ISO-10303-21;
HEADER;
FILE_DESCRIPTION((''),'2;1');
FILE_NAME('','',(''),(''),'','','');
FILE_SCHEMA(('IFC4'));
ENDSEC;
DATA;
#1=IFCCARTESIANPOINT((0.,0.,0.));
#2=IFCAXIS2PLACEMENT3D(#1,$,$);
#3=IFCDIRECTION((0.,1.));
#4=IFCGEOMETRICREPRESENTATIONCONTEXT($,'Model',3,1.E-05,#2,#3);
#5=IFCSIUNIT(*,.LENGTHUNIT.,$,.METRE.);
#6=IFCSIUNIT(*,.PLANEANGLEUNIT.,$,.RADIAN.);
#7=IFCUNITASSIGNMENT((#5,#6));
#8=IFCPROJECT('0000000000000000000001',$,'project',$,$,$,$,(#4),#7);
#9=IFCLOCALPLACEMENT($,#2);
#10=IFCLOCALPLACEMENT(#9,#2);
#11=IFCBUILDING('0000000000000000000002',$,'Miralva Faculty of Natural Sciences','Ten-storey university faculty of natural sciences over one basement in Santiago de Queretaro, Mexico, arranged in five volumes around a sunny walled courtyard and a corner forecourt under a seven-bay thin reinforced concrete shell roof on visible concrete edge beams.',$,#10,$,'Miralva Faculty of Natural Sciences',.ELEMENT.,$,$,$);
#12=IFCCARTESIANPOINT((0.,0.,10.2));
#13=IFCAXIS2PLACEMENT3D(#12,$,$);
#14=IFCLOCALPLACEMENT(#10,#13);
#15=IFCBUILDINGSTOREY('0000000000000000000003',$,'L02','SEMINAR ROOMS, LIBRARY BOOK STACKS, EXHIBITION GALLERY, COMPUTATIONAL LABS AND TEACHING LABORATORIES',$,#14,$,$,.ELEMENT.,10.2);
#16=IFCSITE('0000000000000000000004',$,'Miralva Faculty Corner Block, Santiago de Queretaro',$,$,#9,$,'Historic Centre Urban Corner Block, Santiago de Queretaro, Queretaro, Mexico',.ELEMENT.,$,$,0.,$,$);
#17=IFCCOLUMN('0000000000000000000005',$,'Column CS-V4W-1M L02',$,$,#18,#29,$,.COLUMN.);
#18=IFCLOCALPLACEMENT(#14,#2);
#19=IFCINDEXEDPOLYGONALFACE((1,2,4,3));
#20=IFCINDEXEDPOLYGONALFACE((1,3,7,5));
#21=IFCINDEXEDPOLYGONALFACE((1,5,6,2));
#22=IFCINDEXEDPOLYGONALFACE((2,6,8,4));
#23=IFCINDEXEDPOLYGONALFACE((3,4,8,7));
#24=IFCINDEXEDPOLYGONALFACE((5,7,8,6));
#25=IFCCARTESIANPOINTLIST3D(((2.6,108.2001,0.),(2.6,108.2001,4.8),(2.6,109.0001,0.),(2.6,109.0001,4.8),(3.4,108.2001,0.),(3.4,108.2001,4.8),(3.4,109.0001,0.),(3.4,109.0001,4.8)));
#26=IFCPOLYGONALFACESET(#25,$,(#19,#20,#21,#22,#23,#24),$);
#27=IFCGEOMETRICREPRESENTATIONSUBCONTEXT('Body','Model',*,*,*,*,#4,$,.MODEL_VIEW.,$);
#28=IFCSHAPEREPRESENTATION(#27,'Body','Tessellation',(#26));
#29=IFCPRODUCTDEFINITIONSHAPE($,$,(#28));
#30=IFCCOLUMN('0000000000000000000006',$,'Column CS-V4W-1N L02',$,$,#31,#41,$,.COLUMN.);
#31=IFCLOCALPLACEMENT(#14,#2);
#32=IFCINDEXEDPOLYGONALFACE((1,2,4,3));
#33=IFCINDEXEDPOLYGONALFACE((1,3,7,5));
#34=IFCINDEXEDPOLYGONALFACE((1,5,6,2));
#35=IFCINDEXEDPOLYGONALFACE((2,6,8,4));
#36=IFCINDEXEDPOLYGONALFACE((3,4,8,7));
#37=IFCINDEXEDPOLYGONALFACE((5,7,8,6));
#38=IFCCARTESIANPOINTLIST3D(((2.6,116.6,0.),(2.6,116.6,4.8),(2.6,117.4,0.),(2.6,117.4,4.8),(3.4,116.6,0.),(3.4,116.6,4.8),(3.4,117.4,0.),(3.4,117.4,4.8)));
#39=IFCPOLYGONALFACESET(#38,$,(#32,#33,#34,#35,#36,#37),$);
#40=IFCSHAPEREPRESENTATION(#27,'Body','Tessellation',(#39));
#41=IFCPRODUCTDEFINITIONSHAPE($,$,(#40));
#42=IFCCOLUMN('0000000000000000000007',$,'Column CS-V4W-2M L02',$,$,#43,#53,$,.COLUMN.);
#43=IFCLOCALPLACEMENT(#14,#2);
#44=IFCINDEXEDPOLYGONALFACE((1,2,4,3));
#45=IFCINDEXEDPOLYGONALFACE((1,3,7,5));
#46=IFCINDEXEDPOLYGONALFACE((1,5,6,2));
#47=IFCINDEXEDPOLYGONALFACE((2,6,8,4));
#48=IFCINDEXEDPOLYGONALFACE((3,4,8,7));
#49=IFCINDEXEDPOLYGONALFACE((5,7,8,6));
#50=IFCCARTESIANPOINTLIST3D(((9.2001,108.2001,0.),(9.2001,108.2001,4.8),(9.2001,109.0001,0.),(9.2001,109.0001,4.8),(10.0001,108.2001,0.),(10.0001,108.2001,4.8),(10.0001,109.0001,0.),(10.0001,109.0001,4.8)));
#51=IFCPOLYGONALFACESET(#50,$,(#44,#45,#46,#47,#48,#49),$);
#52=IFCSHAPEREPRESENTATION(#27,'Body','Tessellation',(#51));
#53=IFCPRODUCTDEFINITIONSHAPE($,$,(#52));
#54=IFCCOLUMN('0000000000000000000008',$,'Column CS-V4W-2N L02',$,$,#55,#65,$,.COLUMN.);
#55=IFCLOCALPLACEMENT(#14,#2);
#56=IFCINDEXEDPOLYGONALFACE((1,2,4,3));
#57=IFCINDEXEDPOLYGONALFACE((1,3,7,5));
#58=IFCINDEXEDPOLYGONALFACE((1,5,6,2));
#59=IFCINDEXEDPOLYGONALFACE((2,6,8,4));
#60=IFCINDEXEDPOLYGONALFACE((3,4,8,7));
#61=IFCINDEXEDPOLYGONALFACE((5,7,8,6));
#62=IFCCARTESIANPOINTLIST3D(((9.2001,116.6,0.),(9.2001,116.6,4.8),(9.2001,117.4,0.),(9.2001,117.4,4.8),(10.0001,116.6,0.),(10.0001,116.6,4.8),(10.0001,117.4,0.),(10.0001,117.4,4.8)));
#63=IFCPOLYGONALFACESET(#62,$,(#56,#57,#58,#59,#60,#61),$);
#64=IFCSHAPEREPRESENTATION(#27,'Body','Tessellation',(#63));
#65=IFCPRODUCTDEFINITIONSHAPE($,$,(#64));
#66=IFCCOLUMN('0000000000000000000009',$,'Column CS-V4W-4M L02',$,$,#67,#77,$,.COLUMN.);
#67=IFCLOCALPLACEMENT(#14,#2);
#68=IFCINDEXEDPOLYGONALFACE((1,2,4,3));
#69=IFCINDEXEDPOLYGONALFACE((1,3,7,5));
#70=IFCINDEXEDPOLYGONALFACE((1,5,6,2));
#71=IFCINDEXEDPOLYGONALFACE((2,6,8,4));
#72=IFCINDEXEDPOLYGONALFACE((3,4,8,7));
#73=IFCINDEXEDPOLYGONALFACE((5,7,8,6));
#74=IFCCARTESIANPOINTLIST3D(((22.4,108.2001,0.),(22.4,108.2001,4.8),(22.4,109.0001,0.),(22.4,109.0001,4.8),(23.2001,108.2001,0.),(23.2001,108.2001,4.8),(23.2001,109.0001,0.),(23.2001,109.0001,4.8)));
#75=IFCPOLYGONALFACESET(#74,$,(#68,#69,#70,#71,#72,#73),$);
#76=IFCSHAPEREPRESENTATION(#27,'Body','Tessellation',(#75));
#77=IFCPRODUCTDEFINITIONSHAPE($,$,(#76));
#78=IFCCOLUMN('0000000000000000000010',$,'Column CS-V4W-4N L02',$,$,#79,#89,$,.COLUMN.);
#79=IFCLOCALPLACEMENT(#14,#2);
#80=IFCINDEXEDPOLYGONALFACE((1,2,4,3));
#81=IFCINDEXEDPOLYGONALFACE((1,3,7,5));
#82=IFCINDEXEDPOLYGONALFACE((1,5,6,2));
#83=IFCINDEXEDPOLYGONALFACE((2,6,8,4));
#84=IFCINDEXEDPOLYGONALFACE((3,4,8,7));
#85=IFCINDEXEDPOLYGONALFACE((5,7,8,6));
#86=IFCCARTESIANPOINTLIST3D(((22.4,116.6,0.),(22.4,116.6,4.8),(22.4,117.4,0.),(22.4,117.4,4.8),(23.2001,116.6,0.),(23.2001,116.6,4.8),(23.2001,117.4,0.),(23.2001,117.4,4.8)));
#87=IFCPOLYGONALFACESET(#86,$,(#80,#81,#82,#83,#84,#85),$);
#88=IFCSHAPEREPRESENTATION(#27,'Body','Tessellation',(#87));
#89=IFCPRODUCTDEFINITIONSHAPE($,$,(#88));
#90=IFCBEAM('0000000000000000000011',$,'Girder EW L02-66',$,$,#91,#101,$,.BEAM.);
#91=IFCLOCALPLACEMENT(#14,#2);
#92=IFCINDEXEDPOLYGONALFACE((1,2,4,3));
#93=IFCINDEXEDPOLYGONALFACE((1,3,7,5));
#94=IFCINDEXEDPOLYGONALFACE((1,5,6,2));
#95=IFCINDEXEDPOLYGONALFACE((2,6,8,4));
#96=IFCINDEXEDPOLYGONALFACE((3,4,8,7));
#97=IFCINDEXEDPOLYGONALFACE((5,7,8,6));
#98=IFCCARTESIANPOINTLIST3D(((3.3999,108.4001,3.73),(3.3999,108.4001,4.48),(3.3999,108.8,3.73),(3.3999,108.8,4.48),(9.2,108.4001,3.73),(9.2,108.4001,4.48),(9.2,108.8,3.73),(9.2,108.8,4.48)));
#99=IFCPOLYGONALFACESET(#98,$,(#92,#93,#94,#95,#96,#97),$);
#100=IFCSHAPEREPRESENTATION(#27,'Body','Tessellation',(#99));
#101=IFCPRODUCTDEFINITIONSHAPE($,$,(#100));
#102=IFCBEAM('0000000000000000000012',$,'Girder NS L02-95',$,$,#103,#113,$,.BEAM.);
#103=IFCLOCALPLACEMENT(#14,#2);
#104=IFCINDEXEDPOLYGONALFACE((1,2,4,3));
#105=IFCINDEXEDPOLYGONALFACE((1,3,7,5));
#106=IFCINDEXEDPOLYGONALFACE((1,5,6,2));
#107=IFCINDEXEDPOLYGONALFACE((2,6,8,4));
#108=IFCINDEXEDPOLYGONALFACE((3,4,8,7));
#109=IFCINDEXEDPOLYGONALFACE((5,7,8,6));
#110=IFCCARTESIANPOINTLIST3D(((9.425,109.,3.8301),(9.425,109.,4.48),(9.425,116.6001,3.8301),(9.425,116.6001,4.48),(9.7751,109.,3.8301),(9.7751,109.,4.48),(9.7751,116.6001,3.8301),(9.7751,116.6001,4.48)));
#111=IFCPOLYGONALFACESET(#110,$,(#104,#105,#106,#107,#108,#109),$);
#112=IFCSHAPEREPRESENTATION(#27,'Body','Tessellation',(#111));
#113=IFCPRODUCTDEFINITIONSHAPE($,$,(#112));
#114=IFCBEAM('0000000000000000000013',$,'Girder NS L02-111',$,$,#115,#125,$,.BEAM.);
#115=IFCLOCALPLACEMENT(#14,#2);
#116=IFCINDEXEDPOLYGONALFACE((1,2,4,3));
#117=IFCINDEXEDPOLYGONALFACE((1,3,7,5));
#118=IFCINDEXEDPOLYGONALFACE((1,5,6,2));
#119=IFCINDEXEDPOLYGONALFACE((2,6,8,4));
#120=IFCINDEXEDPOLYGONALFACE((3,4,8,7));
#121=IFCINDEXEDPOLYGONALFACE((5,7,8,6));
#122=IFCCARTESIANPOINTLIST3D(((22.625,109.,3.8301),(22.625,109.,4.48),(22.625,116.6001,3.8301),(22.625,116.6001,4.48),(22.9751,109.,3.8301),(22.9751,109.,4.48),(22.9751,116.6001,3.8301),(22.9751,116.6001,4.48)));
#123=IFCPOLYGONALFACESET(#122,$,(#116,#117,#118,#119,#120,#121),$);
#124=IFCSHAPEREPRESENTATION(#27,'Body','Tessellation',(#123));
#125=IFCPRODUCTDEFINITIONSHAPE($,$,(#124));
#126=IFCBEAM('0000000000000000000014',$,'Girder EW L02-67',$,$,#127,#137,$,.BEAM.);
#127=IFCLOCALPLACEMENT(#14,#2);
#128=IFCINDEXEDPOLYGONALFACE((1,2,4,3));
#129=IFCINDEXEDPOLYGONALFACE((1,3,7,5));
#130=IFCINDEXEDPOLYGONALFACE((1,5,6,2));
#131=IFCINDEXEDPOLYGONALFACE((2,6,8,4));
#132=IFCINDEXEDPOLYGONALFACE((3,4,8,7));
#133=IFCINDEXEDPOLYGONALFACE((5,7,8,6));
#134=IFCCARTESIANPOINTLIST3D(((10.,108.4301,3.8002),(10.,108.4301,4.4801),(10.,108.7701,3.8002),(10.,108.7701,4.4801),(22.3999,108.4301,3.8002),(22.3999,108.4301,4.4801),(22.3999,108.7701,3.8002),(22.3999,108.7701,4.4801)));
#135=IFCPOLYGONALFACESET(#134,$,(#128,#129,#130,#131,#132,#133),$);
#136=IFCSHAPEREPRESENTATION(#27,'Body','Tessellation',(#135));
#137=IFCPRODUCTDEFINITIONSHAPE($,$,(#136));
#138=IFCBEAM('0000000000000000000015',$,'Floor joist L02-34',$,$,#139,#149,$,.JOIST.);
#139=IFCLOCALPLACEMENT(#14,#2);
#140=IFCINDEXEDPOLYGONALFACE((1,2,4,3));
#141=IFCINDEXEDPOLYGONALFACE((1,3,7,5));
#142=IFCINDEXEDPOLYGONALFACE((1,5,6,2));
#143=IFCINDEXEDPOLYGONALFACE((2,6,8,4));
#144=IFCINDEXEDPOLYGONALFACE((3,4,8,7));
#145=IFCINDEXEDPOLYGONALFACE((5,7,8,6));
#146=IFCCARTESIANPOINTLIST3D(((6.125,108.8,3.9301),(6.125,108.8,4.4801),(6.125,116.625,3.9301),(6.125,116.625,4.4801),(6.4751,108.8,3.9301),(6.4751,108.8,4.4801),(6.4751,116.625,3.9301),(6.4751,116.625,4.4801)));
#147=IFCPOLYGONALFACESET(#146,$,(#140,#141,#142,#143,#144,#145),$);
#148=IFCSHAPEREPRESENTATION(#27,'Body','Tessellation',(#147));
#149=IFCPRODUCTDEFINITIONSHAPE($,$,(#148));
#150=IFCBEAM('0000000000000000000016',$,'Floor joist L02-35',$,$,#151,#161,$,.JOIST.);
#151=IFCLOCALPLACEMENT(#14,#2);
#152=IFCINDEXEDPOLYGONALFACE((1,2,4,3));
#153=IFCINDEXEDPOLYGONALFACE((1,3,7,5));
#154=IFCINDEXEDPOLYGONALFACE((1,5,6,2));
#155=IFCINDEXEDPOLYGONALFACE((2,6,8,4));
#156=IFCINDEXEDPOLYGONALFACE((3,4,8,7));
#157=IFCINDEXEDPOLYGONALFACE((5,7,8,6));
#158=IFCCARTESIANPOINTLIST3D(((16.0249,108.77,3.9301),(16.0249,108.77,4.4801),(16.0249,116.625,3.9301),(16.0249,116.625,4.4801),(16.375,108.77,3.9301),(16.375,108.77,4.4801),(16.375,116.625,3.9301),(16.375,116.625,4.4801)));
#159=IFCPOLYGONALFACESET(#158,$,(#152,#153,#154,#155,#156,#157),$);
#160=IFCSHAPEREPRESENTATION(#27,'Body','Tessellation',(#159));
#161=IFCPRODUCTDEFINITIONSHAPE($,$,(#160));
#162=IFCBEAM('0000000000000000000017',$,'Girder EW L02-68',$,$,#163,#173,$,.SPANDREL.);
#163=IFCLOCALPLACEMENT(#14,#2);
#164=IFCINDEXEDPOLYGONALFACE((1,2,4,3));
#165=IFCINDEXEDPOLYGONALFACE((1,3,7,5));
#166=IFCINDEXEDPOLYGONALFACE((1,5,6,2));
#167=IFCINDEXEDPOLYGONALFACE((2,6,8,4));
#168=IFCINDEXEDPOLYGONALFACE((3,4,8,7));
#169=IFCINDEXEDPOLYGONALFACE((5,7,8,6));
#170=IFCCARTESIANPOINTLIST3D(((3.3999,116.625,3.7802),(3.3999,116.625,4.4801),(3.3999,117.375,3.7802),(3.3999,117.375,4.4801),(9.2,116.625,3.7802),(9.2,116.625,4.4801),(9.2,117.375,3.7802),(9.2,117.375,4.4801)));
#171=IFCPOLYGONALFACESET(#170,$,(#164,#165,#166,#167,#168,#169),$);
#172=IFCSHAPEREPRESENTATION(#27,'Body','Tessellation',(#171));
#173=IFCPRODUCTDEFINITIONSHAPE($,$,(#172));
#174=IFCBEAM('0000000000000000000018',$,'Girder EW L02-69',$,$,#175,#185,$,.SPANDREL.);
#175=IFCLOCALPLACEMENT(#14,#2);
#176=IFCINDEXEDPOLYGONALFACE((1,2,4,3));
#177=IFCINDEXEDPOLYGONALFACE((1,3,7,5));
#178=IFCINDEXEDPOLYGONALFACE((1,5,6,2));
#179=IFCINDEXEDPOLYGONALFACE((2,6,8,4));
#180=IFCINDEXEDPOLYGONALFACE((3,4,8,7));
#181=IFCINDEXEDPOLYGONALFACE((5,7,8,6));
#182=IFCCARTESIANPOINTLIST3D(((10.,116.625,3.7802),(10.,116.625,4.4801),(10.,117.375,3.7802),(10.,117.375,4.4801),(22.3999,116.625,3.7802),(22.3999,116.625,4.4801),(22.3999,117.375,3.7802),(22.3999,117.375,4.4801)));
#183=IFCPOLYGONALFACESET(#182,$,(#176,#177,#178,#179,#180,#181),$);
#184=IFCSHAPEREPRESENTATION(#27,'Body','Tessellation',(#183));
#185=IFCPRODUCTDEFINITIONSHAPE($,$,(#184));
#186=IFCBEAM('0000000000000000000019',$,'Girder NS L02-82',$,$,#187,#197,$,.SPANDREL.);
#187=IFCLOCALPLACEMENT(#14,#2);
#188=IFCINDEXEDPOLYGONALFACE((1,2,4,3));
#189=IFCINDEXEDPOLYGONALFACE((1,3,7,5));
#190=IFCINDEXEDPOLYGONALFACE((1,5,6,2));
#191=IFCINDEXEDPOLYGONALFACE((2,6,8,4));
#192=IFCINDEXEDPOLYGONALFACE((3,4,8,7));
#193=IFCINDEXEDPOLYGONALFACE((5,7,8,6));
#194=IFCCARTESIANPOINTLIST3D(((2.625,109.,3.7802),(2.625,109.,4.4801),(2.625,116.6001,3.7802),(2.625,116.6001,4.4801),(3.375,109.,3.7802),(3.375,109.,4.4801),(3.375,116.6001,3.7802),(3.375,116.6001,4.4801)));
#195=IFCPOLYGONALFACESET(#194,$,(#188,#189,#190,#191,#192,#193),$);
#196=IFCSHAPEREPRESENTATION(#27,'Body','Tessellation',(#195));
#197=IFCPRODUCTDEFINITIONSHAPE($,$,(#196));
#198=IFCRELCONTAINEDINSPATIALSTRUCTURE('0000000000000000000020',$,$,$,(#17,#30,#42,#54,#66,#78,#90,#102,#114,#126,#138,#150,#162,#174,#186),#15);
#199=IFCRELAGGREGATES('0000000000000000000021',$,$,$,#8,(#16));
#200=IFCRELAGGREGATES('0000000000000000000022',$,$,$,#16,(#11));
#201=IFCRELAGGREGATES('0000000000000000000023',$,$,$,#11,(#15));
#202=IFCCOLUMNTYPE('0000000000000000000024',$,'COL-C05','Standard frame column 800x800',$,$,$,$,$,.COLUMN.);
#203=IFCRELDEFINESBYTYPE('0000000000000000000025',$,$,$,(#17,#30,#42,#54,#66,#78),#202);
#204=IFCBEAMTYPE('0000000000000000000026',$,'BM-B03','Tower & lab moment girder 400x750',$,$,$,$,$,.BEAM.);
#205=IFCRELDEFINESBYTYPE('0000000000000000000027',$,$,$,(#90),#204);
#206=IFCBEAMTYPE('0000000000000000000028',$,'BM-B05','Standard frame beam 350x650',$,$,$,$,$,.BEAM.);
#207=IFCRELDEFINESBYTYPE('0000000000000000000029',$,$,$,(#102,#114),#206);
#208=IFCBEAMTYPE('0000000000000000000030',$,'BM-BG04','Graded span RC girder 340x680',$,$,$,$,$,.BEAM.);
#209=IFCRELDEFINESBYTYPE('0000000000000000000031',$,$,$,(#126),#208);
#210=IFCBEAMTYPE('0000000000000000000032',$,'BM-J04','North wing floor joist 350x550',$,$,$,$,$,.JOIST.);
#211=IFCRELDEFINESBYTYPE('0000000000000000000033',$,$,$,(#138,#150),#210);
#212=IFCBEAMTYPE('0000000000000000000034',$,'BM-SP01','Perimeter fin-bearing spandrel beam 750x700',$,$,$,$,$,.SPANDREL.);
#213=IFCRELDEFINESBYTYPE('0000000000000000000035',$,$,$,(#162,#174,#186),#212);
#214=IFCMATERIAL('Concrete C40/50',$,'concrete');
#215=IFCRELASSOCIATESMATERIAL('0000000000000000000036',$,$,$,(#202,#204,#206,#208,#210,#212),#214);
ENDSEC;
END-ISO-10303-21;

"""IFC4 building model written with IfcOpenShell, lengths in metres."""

from ifc_helpers import new_model, si_unit, direction, frame, origin, origin_2d, place, context, subcontext, project, spatial, rectangle, extrude, material, material_profile, profile_set, type_object, element, save


model = new_model("IFC4")

# Units and contexts
model_context = context("Model", 3, precision=1e-05, world=origin(), true_north=direction((0.0, 1.0)))
body_context = subcontext(model_context, "Body", "Model", "MODEL_VIEW")
ifc_project = project(units=[si_unit("LENGTHUNIT", "METRE"), si_unit("PLANEANGLEUNIT", "RADIAN")], contexts=[model_context])

# Site, building, storey
site_placement = place(None, origin())
site = spatial("IfcSite", under=ifc_project, at=site_placement, Name="Miralva Faculty Corner Block, Santiago de Queretaro", LongName="Historic Centre Urban Corner Block, Santiago de Queretaro, Queretaro, Mexico", CompositionType="ELEMENT", RefElevation=0.0)
building_placement = place(site_placement, origin())
building = spatial("IfcBuilding", under=site, at=building_placement, Name="Miralva Faculty of Natural Sciences", Description="Ten-storey university faculty of natural sciences over one basement in Santiago de Queretaro, Mexico, arranged in five volumes around a sunny walled courtyard and a corner forecourt under a seven-bay thin reinforced concrete shell roof on visible concrete edge beams.", LongName="Miralva Faculty of Natural Sciences", CompositionType="ELEMENT")
storey_placement = place(building_placement, frame((0.0, 0.0, 10.2)))
storey = spatial("IfcBuildingStorey", under=building, at=storey_placement, Name="L02", Description="SEMINAR ROOMS, LIBRARY BOOK STACKS, EXHIBITION GALLERY, COMPUTATIONAL LABS AND TEACHING LABORATORIES", CompositionType="ELEMENT", Elevation=10.2)

# Columns
ifc_material_1 = material(Name="Concrete C40/50", Category="concrete")
ifc_material_profile_1 = material_profile(ifc_material_1, rectangle(XDim=0.8, YDim=0.8, at=origin_2d()), Name="RC 800x800")
ifc_profile_set_1 = profile_set([ifc_material_profile_1], Name="Concrete C40/50")
column_type = type_object("IfcColumnType", Name="COL-C05", Description="Standard frame column 800x800", PredefinedType="COLUMN", material=ifc_profile_set_1)
for number, where, z_axis, x_axis, name in (
    (1, (3.0, 108.6001, 0.0), (0.0, 0.0, 1.0), (1.0, 0.0, 0.0), "Column CS-V4W-1M L02"),
    (2, (3.0, 117.0, 0.0), (0.0, 0.0, 1.0), (1.0, 0.0, 0.0), "Column CS-V4W-1N L02"),
    (3, (9.6001, 108.6001, 0.0), (0.0, 0.0, 1.0), (1.0, 0.0, 0.0), "Column CS-V4W-2M L02"),
    (4, (9.6001, 117.0, 0.0), (0.0, 0.0, 1.0), (1.0, 0.0, 0.0), "Column CS-V4W-2N L02"),
    (5, (22.8, 108.6001, 0.0), (0.0, 0.0, 1.0), (1.0, 0.0, 0.0), "Column CS-V4W-4M L02"),
    (6, (22.8, 117.0, 0.0), (0.0, 0.0, 1.0), (1.0, 0.0, 0.0), "Column CS-V4W-4N L02"),
):
    element("IfcColumn", number, at=place(storey_placement, frame(where, z_axis=z_axis, x_axis=x_axis)), inside=storey, type_object=column_type, Name=name, PredefinedType="COLUMN", context=body_context, shape_type="SweptSolid", body=[
        extrude(rectangle(XDim=0.8, YDim=0.8, at=origin_2d()), origin(), (0.0, 0.0, 1.0), 4.8),
    ])

# Beams
ifc_material_profile_2 = material_profile(ifc_material_1, rectangle(XDim=0.3999, YDim=0.75, at=origin_2d()), Name="RC 400x750")
ifc_profile_set_2 = profile_set([ifc_material_profile_2], Name="Concrete C40/50")
beam_type_1 = type_object("IfcBeamType", Name="BM-B03", Description="Tower & lab moment girder 400x750", PredefinedType="BEAM", material=ifc_profile_set_2)
beam_1_placement = place(storey_placement, frame((3.3999, 108.6001, 4.105), z_axis=(1.0, 0.0, 0.0), x_axis=(0.0, 1.0, 0.0)))
element("IfcBeam", 7, at=beam_1_placement, inside=storey, type_object=beam_type_1, Name="Girder EW L02-66", PredefinedType="BEAM", context=body_context, shape_type="SweptSolid", body=[
    extrude(rectangle(XDim=0.3999, YDim=0.75, at=origin_2d()), origin(), (0.0, 0.0, 1.0), 5.8),
])
ifc_material_profile_3 = material_profile(ifc_material_1, rectangle(XDim=0.3501, YDim=0.6499, at=origin_2d()), Name="RC 350x650")
ifc_profile_set_3 = profile_set([ifc_material_profile_3], Name="Concrete C40/50")
beam_type_2 = type_object("IfcBeamType", Name="BM-B05", Description="Standard frame beam 350x650", PredefinedType="BEAM", material=ifc_profile_set_3)
for number, where, z_axis, x_axis, name in (
    (8, (9.6001, 109.0, 4.155), (0.0, 1.0, 0.0), (-1.0, 0.0, 0.0), "Girder NS L02-95"),
    (9, (22.8, 109.0, 4.155), (0.0, 1.0, 0.0), (-1.0, 0.0, 0.0), "Girder NS L02-111"),
):
    element("IfcBeam", number, at=place(storey_placement, frame(where, z_axis=z_axis, x_axis=x_axis)), inside=storey, type_object=beam_type_2, Name=name, PredefinedType="BEAM", context=body_context, shape_type="SweptSolid", body=[
        extrude(rectangle(XDim=0.3501, YDim=0.6499, at=origin_2d()), origin(), (0.0, 0.0, 1.0), 7.6001),
    ])
ifc_material_profile_4 = material_profile(ifc_material_1, rectangle(XDim=0.3401, YDim=0.6799, at=origin_2d()), Name="RC 340x680")
ifc_profile_set_4 = profile_set([ifc_material_profile_4], Name="Concrete C40/50")
beam_type_3 = type_object("IfcBeamType", Name="BM-BG04", Description="Graded span RC girder 340x680", PredefinedType="BEAM", material=ifc_profile_set_4)
beam_2_placement = place(storey_placement, frame((10.0, 108.6001, 4.1401), z_axis=(1.0, 0.0, 0.0), x_axis=(0.0, 1.0, 0.0)))
element("IfcBeam", 10, at=beam_2_placement, inside=storey, type_object=beam_type_3, Name="Girder EW L02-67", PredefinedType="BEAM", context=body_context, shape_type="SweptSolid", body=[
    extrude(rectangle(XDim=0.3401, YDim=0.6799, at=origin_2d()), origin(), (0.0, 0.0, 1.0), 12.3999),
])
ifc_material_profile_5 = material_profile(ifc_material_1, rectangle(XDim=0.3501, YDim=0.55, at=origin_2d()), Name="RC 350x550")
ifc_profile_set_5 = profile_set([ifc_material_profile_5], Name="Concrete C40/50")
beam_type_4 = type_object("IfcBeamType", Name="BM-J04", Description="North wing floor joist 350x550", PredefinedType="JOIST", material=ifc_profile_set_5)
beam_3_placement = place(storey_placement, frame((6.3, 108.8, 4.2051), z_axis=(0.0, 1.0, 0.0), x_axis=(-1.0, 0.0, 0.0)))
element("IfcBeam", 11, at=beam_3_placement, inside=storey, type_object=beam_type_4, Name="Floor joist L02-34", PredefinedType="JOIST", context=body_context, shape_type="SweptSolid", body=[
    extrude(rectangle(XDim=0.3501, YDim=0.55, at=origin_2d()), origin(), (0.0, 0.0, 1.0), 7.825),
])
beam_4_placement = place(storey_placement, frame((16.2, 108.77, 4.2051), z_axis=(0.0, 1.0, 0.0), x_axis=(-1.0, 0.0, 0.0)))
element("IfcBeam", 12, at=beam_4_placement, inside=storey, type_object=beam_type_4, Name="Floor joist L02-35", PredefinedType="JOIST", context=body_context, shape_type="SweptSolid", body=[
    extrude(rectangle(XDim=0.3501, YDim=0.55, at=origin_2d()), origin(), (0.0, 0.0, 1.0), 7.855),
])
ifc_material_profile_6 = material_profile(ifc_material_1, rectangle(XDim=0.75, YDim=0.7, at=origin_2d()), Name="RC 750x700")
ifc_profile_set_6 = profile_set([ifc_material_profile_6], Name="Concrete C40/50")
beam_type_5 = type_object("IfcBeamType", Name="BM-SP01", Description="Perimeter fin-bearing spandrel beam 750x700", PredefinedType="SPANDREL", material=ifc_profile_set_6)
beam_5_placement = place(storey_placement, frame((3.3999, 117.0, 4.1301), z_axis=(1.0, 0.0, 0.0), x_axis=(0.0, 1.0, 0.0)))
element("IfcBeam", 13, at=beam_5_placement, inside=storey, type_object=beam_type_5, Name="Girder EW L02-68", PredefinedType="SPANDREL", context=body_context, shape_type="SweptSolid", body=[
    extrude(rectangle(XDim=0.75, YDim=0.7, at=origin_2d()), origin(), (0.0, 0.0, 1.0), 5.8),
])
beam_6_placement = place(storey_placement, frame((10.0, 117.0, 4.1301), z_axis=(1.0, 0.0, 0.0), x_axis=(0.0, 1.0, 0.0)))
element("IfcBeam", 14, at=beam_6_placement, inside=storey, type_object=beam_type_5, Name="Girder EW L02-69", PredefinedType="SPANDREL", context=body_context, shape_type="SweptSolid", body=[
    extrude(rectangle(XDim=0.75, YDim=0.7, at=origin_2d()), origin(), (0.0, 0.0, 1.0), 12.3999),
])
beam_7_placement = place(storey_placement, frame((3.0, 109.0, 4.1301), z_axis=(0.0, 1.0, 0.0), x_axis=(-1.0, 0.0, 0.0)))
element("IfcBeam", 15, at=beam_7_placement, inside=storey, type_object=beam_type_5, Name="Girder NS L02-82", PredefinedType="SPANDREL", context=body_context, shape_type="SweptSolid", body=[
    extrude(rectangle(XDim=0.75, YDim=0.7, at=origin_2d()), origin(), (0.0, 0.0, 1.0), 7.6001),
])

save(model, "model.ifc")
